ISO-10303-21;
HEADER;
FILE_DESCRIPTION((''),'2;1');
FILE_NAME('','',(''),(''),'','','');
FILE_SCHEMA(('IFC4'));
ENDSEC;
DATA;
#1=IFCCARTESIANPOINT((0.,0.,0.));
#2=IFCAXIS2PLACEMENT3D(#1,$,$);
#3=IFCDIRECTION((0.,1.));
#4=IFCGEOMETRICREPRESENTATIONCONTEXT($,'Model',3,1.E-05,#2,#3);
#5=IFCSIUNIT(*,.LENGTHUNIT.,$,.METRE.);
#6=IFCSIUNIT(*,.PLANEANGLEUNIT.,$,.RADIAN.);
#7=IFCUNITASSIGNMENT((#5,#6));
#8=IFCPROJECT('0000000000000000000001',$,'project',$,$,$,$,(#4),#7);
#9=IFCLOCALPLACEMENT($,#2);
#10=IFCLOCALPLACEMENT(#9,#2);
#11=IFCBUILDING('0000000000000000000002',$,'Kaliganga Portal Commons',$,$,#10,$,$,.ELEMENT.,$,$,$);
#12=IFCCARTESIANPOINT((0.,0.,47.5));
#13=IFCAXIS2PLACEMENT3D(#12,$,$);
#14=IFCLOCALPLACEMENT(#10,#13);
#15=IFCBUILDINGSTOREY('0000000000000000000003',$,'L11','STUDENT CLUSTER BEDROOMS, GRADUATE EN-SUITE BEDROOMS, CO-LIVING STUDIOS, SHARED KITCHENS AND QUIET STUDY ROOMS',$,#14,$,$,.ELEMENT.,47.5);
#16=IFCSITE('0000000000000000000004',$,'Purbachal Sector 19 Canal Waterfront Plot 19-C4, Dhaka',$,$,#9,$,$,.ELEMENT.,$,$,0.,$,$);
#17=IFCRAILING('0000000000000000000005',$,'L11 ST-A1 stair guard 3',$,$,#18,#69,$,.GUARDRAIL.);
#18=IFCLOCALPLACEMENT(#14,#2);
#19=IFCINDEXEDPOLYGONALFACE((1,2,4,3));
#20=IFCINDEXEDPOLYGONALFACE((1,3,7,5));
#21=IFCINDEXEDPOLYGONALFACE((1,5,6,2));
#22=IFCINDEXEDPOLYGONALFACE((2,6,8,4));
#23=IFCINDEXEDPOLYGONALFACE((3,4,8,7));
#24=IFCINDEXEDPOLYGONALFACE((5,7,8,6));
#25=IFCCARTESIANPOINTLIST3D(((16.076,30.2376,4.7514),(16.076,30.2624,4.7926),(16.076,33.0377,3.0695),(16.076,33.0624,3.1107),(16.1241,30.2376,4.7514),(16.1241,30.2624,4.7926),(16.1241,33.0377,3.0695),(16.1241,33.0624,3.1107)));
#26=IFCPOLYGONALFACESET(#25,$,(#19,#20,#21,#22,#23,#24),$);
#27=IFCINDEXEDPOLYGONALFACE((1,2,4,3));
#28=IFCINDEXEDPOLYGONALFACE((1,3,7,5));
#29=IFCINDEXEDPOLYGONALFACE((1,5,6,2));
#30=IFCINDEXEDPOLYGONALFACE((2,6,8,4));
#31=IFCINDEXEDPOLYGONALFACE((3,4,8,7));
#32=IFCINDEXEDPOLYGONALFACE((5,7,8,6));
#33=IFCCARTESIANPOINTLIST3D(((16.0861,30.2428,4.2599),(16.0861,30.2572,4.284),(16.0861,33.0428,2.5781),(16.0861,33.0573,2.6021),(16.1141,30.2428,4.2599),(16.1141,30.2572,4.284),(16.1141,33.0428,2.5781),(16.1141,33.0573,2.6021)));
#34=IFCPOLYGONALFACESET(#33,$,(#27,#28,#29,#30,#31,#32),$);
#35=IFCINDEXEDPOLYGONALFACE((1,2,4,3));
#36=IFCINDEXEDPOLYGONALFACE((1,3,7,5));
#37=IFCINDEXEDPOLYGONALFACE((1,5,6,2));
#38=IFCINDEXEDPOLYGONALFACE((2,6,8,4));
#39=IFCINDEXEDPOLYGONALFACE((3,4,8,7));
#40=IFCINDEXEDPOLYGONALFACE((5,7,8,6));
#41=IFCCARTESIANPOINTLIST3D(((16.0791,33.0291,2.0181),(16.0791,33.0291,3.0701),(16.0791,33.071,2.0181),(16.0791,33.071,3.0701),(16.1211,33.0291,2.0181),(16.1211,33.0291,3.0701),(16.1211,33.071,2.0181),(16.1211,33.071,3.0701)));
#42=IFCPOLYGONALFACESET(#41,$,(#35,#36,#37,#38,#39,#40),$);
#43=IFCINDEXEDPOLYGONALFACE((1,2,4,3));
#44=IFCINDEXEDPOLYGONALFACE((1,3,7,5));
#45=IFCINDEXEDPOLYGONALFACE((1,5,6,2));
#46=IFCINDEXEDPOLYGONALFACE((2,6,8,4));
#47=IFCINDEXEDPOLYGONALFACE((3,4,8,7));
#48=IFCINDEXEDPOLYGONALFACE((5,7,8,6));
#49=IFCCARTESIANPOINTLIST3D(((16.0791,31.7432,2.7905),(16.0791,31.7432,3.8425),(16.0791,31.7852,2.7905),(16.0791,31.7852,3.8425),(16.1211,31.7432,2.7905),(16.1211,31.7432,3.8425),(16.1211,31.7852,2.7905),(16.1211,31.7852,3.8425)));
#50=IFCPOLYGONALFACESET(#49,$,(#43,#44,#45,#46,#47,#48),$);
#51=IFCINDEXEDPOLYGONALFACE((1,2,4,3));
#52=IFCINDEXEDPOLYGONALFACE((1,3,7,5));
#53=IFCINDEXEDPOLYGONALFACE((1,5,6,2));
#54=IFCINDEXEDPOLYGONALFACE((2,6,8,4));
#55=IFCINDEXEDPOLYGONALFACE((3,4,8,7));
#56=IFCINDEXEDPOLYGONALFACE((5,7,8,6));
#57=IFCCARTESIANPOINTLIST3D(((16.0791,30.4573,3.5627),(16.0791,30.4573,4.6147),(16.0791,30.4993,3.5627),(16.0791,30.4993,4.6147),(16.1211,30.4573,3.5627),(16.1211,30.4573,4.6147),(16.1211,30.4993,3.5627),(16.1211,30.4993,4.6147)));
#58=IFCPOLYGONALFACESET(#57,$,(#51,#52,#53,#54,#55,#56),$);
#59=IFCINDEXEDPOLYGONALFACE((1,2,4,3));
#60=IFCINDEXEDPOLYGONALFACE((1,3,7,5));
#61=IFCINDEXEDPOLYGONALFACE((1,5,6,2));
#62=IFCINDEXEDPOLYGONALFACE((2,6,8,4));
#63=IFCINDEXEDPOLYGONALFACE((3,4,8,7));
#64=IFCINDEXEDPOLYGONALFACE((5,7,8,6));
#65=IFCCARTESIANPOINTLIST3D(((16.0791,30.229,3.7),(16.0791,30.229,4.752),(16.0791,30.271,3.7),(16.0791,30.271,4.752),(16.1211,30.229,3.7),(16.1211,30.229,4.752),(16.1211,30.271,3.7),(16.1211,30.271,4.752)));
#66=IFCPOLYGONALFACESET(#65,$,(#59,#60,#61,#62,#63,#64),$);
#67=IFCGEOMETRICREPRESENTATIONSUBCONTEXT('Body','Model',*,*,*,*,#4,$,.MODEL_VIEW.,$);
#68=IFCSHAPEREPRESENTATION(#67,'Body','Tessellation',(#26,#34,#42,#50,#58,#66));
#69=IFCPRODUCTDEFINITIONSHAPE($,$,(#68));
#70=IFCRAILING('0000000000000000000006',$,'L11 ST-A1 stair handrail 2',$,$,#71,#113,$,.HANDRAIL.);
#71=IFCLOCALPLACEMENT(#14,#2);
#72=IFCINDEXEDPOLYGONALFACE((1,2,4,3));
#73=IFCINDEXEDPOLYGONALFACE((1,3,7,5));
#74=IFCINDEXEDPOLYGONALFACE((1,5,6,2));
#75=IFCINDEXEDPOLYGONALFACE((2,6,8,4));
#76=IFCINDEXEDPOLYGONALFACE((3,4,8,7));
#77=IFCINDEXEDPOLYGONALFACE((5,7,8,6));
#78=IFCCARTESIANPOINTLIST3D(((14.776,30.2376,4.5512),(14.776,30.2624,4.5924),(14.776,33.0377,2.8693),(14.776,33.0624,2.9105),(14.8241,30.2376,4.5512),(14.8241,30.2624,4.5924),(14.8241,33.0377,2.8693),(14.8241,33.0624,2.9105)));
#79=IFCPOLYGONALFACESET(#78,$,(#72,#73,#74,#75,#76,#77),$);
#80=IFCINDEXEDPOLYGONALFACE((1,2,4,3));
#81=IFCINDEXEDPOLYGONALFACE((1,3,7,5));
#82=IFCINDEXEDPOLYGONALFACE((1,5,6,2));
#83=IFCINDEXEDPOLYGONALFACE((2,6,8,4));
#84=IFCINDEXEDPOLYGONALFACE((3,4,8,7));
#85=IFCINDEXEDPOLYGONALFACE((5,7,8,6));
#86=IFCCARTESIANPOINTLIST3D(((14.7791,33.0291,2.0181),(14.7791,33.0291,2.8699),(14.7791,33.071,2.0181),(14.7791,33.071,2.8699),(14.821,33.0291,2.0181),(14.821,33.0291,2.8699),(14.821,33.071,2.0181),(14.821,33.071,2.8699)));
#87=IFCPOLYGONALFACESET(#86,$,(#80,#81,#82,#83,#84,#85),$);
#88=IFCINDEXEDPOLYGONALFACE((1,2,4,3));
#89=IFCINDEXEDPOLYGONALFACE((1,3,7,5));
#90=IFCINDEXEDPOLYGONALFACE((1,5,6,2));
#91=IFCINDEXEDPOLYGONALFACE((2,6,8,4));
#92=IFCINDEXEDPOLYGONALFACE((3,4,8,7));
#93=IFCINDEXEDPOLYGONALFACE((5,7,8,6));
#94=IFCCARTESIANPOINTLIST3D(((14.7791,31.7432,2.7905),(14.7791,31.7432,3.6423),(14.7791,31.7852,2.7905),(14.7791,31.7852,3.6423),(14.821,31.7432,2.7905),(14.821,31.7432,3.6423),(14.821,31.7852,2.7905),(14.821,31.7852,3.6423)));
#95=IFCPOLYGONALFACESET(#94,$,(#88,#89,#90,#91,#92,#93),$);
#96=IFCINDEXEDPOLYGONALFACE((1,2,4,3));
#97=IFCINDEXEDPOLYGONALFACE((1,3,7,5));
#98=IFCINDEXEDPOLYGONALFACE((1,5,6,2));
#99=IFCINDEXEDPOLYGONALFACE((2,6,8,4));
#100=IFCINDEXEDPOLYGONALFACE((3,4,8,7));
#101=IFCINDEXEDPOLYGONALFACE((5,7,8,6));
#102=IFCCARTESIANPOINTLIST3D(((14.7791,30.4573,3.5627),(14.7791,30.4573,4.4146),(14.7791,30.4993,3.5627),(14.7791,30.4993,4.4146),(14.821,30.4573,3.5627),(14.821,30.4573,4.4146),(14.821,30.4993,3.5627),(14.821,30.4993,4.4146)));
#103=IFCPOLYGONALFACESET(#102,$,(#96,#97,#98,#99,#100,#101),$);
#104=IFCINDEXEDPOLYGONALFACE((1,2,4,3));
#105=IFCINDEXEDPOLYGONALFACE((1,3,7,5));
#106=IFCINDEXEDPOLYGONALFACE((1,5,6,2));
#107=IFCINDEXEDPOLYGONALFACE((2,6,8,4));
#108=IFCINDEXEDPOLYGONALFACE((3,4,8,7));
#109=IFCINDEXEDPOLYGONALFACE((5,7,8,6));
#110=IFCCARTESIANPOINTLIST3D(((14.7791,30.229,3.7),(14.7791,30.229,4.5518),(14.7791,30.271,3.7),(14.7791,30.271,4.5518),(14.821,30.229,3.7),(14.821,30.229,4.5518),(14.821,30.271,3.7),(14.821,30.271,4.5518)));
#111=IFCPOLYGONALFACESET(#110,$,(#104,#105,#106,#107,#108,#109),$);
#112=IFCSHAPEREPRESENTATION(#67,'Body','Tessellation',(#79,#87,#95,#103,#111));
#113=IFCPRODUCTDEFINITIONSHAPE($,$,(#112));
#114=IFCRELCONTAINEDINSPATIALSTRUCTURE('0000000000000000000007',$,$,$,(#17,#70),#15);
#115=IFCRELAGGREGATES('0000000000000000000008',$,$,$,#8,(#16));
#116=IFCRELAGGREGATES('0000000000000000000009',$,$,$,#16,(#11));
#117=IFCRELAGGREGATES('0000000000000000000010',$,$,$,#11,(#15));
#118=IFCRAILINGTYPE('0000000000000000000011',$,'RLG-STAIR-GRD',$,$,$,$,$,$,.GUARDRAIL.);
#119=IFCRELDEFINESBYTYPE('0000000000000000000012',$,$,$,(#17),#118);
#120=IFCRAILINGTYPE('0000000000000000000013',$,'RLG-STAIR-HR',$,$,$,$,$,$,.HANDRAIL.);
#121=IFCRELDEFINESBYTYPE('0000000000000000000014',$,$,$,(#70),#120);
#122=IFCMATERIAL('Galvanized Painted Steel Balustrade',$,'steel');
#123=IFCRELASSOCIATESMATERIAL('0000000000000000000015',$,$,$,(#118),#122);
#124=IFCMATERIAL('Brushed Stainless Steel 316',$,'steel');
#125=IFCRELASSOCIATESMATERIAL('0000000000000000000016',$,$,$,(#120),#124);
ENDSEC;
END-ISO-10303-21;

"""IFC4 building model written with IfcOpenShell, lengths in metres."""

from ifc_helpers import new_model, si_unit, direction, frame, origin, origin_2d, place, context, subcontext, project, spatial, rectangle, extrude, material, type_object, element, save


model = new_model("IFC4")

# Units and contexts
model_context = context("Model", 3, precision=1e-05, world=origin(), true_north=direction((0.0, 1.0)))
body_context = subcontext(model_context, "Body", "Model", "MODEL_VIEW")
ifc_project = project(units=[si_unit("LENGTHUNIT", "METRE"), si_unit("PLANEANGLEUNIT", "RADIAN")], contexts=[model_context])

# Site, building, storey
site_placement = place(None, origin())
site = spatial("IfcSite", under=ifc_project, at=site_placement, Name="Purbachal Sector 19 Canal Waterfront Plot 19-C4, Dhaka", CompositionType="ELEMENT", RefElevation=0.0)
building_placement = place(site_placement, origin())
building = spatial("IfcBuilding", under=site, at=building_placement, Name="Kaliganga Portal Commons", CompositionType="ELEMENT")
storey_placement = place(building_placement, frame((0.0, 0.0, 47.5)))
storey = spatial("IfcBuildingStorey", under=building, at=storey_placement, Name="L11", Description="STUDENT CLUSTER BEDROOMS, GRADUATE EN-SUITE BEDROOMS, CO-LIVING STUDIOS, SHARED KITCHENS AND QUIET STUDY ROOMS", CompositionType="ELEMENT", Elevation=47.5)

# Railings
ifc_material_1 = material(Name="Galvanized Painted Steel Balustrade", Category="steel")
railing_type_1 = type_object("IfcRailingType", Name="RLG-STAIR-GRD", PredefinedType="GUARDRAIL", material=ifc_material_1)
railing_1_placement = place(storey_placement, frame((16.1001, 33.05, 2.0181)))
element("IfcRailing", 1, at=railing_1_placement, inside=storey, type_object=railing_type_1, Name="L11 ST-A1 stair guard 3", PredefinedType="GUARDRAIL", context=body_context, shape_type="SweptSolid", body=[
    extrude(rectangle(XDim=0.0481, YDim=0.0481, at=origin_2d()), frame((0.0, 0.0, 1.072), z_axis=(0.0, -0.857242, 0.514913), x_axis=(1.0, 0.0, 0.0)), (0.0, 0.0, 1.0), 3.2664),
    extrude(rectangle(XDim=0.0281, YDim=0.0281, at=origin_2d()), frame((0.0, 0.0, 0.572), z_axis=(0.0, -0.857242, 0.514913), x_axis=(1.0, 0.0, 0.0)), (0.0, 0.0, 1.0), 3.2664),
    extrude(rectangle(XDim=0.042, YDim=0.042, at=origin_2d()), origin(), (0.0, 0.0, 1.0), 1.052),
    extrude(rectangle(XDim=0.042, YDim=0.042, at=origin_2d()), frame((0.0, -1.2859, 0.7725)), (0.0, 0.0, 1.0), 1.052),
    extrude(rectangle(XDim=0.042, YDim=0.042, at=origin_2d()), frame((0.0, -2.5718, 1.5447)), (0.0, 0.0, 1.0), 1.052),
    extrude(rectangle(XDim=0.042, YDim=0.042, at=origin_2d()), frame((0.0, -2.8, 1.6819)), (0.0, 0.0, 1.0), 1.052),
])
ifc_material_2 = material(Name="Brushed Stainless Steel 316", Category="steel")
railing_type_2 = type_object("IfcRailingType", Name="RLG-STAIR-HR", PredefinedType="HANDRAIL", material=ifc_material_2)
railing_2_placement = place(storey_placement, frame((14.8, 33.05, 2.0181)))
element("IfcRailing", 2, at=railing_2_placement, inside=storey, type_object=railing_type_2, Name="L11 ST-A1 stair handrail 2", PredefinedType="HANDRAIL", context=body_context, shape_type="SweptSolid", body=[
    extrude(rectangle(XDim=0.0481, YDim=0.0481, at=origin_2d()), frame((0.0, 0.0, 0.8718), z_axis=(0.0, -0.857242, 0.514913), x_axis=(1.0, 0.0, 0.0)), (0.0, 0.0, 1.0), 3.2664),
    extrude(rectangle(XDim=0.042, YDim=0.042, at=origin_2d()), origin(), (0.0, 0.0, 1.0), 0.8518),
    extrude(rectangle(XDim=0.042, YDim=0.042, at=origin_2d()), frame((0.0, -1.2859, 0.7725)), (0.0, 0.0, 1.0), 0.8518),
    extrude(rectangle(XDim=0.042, YDim=0.042, at=origin_2d()), frame((0.0, -2.5718, 1.5447)), (0.0, 0.0, 1.0), 0.8518),
    extrude(rectangle(XDim=0.042, YDim=0.042, at=origin_2d()), frame((0.0, -2.8, 1.6819)), (0.0, 0.0, 1.0), 0.8518),
])

save(model, "model.ifc")
